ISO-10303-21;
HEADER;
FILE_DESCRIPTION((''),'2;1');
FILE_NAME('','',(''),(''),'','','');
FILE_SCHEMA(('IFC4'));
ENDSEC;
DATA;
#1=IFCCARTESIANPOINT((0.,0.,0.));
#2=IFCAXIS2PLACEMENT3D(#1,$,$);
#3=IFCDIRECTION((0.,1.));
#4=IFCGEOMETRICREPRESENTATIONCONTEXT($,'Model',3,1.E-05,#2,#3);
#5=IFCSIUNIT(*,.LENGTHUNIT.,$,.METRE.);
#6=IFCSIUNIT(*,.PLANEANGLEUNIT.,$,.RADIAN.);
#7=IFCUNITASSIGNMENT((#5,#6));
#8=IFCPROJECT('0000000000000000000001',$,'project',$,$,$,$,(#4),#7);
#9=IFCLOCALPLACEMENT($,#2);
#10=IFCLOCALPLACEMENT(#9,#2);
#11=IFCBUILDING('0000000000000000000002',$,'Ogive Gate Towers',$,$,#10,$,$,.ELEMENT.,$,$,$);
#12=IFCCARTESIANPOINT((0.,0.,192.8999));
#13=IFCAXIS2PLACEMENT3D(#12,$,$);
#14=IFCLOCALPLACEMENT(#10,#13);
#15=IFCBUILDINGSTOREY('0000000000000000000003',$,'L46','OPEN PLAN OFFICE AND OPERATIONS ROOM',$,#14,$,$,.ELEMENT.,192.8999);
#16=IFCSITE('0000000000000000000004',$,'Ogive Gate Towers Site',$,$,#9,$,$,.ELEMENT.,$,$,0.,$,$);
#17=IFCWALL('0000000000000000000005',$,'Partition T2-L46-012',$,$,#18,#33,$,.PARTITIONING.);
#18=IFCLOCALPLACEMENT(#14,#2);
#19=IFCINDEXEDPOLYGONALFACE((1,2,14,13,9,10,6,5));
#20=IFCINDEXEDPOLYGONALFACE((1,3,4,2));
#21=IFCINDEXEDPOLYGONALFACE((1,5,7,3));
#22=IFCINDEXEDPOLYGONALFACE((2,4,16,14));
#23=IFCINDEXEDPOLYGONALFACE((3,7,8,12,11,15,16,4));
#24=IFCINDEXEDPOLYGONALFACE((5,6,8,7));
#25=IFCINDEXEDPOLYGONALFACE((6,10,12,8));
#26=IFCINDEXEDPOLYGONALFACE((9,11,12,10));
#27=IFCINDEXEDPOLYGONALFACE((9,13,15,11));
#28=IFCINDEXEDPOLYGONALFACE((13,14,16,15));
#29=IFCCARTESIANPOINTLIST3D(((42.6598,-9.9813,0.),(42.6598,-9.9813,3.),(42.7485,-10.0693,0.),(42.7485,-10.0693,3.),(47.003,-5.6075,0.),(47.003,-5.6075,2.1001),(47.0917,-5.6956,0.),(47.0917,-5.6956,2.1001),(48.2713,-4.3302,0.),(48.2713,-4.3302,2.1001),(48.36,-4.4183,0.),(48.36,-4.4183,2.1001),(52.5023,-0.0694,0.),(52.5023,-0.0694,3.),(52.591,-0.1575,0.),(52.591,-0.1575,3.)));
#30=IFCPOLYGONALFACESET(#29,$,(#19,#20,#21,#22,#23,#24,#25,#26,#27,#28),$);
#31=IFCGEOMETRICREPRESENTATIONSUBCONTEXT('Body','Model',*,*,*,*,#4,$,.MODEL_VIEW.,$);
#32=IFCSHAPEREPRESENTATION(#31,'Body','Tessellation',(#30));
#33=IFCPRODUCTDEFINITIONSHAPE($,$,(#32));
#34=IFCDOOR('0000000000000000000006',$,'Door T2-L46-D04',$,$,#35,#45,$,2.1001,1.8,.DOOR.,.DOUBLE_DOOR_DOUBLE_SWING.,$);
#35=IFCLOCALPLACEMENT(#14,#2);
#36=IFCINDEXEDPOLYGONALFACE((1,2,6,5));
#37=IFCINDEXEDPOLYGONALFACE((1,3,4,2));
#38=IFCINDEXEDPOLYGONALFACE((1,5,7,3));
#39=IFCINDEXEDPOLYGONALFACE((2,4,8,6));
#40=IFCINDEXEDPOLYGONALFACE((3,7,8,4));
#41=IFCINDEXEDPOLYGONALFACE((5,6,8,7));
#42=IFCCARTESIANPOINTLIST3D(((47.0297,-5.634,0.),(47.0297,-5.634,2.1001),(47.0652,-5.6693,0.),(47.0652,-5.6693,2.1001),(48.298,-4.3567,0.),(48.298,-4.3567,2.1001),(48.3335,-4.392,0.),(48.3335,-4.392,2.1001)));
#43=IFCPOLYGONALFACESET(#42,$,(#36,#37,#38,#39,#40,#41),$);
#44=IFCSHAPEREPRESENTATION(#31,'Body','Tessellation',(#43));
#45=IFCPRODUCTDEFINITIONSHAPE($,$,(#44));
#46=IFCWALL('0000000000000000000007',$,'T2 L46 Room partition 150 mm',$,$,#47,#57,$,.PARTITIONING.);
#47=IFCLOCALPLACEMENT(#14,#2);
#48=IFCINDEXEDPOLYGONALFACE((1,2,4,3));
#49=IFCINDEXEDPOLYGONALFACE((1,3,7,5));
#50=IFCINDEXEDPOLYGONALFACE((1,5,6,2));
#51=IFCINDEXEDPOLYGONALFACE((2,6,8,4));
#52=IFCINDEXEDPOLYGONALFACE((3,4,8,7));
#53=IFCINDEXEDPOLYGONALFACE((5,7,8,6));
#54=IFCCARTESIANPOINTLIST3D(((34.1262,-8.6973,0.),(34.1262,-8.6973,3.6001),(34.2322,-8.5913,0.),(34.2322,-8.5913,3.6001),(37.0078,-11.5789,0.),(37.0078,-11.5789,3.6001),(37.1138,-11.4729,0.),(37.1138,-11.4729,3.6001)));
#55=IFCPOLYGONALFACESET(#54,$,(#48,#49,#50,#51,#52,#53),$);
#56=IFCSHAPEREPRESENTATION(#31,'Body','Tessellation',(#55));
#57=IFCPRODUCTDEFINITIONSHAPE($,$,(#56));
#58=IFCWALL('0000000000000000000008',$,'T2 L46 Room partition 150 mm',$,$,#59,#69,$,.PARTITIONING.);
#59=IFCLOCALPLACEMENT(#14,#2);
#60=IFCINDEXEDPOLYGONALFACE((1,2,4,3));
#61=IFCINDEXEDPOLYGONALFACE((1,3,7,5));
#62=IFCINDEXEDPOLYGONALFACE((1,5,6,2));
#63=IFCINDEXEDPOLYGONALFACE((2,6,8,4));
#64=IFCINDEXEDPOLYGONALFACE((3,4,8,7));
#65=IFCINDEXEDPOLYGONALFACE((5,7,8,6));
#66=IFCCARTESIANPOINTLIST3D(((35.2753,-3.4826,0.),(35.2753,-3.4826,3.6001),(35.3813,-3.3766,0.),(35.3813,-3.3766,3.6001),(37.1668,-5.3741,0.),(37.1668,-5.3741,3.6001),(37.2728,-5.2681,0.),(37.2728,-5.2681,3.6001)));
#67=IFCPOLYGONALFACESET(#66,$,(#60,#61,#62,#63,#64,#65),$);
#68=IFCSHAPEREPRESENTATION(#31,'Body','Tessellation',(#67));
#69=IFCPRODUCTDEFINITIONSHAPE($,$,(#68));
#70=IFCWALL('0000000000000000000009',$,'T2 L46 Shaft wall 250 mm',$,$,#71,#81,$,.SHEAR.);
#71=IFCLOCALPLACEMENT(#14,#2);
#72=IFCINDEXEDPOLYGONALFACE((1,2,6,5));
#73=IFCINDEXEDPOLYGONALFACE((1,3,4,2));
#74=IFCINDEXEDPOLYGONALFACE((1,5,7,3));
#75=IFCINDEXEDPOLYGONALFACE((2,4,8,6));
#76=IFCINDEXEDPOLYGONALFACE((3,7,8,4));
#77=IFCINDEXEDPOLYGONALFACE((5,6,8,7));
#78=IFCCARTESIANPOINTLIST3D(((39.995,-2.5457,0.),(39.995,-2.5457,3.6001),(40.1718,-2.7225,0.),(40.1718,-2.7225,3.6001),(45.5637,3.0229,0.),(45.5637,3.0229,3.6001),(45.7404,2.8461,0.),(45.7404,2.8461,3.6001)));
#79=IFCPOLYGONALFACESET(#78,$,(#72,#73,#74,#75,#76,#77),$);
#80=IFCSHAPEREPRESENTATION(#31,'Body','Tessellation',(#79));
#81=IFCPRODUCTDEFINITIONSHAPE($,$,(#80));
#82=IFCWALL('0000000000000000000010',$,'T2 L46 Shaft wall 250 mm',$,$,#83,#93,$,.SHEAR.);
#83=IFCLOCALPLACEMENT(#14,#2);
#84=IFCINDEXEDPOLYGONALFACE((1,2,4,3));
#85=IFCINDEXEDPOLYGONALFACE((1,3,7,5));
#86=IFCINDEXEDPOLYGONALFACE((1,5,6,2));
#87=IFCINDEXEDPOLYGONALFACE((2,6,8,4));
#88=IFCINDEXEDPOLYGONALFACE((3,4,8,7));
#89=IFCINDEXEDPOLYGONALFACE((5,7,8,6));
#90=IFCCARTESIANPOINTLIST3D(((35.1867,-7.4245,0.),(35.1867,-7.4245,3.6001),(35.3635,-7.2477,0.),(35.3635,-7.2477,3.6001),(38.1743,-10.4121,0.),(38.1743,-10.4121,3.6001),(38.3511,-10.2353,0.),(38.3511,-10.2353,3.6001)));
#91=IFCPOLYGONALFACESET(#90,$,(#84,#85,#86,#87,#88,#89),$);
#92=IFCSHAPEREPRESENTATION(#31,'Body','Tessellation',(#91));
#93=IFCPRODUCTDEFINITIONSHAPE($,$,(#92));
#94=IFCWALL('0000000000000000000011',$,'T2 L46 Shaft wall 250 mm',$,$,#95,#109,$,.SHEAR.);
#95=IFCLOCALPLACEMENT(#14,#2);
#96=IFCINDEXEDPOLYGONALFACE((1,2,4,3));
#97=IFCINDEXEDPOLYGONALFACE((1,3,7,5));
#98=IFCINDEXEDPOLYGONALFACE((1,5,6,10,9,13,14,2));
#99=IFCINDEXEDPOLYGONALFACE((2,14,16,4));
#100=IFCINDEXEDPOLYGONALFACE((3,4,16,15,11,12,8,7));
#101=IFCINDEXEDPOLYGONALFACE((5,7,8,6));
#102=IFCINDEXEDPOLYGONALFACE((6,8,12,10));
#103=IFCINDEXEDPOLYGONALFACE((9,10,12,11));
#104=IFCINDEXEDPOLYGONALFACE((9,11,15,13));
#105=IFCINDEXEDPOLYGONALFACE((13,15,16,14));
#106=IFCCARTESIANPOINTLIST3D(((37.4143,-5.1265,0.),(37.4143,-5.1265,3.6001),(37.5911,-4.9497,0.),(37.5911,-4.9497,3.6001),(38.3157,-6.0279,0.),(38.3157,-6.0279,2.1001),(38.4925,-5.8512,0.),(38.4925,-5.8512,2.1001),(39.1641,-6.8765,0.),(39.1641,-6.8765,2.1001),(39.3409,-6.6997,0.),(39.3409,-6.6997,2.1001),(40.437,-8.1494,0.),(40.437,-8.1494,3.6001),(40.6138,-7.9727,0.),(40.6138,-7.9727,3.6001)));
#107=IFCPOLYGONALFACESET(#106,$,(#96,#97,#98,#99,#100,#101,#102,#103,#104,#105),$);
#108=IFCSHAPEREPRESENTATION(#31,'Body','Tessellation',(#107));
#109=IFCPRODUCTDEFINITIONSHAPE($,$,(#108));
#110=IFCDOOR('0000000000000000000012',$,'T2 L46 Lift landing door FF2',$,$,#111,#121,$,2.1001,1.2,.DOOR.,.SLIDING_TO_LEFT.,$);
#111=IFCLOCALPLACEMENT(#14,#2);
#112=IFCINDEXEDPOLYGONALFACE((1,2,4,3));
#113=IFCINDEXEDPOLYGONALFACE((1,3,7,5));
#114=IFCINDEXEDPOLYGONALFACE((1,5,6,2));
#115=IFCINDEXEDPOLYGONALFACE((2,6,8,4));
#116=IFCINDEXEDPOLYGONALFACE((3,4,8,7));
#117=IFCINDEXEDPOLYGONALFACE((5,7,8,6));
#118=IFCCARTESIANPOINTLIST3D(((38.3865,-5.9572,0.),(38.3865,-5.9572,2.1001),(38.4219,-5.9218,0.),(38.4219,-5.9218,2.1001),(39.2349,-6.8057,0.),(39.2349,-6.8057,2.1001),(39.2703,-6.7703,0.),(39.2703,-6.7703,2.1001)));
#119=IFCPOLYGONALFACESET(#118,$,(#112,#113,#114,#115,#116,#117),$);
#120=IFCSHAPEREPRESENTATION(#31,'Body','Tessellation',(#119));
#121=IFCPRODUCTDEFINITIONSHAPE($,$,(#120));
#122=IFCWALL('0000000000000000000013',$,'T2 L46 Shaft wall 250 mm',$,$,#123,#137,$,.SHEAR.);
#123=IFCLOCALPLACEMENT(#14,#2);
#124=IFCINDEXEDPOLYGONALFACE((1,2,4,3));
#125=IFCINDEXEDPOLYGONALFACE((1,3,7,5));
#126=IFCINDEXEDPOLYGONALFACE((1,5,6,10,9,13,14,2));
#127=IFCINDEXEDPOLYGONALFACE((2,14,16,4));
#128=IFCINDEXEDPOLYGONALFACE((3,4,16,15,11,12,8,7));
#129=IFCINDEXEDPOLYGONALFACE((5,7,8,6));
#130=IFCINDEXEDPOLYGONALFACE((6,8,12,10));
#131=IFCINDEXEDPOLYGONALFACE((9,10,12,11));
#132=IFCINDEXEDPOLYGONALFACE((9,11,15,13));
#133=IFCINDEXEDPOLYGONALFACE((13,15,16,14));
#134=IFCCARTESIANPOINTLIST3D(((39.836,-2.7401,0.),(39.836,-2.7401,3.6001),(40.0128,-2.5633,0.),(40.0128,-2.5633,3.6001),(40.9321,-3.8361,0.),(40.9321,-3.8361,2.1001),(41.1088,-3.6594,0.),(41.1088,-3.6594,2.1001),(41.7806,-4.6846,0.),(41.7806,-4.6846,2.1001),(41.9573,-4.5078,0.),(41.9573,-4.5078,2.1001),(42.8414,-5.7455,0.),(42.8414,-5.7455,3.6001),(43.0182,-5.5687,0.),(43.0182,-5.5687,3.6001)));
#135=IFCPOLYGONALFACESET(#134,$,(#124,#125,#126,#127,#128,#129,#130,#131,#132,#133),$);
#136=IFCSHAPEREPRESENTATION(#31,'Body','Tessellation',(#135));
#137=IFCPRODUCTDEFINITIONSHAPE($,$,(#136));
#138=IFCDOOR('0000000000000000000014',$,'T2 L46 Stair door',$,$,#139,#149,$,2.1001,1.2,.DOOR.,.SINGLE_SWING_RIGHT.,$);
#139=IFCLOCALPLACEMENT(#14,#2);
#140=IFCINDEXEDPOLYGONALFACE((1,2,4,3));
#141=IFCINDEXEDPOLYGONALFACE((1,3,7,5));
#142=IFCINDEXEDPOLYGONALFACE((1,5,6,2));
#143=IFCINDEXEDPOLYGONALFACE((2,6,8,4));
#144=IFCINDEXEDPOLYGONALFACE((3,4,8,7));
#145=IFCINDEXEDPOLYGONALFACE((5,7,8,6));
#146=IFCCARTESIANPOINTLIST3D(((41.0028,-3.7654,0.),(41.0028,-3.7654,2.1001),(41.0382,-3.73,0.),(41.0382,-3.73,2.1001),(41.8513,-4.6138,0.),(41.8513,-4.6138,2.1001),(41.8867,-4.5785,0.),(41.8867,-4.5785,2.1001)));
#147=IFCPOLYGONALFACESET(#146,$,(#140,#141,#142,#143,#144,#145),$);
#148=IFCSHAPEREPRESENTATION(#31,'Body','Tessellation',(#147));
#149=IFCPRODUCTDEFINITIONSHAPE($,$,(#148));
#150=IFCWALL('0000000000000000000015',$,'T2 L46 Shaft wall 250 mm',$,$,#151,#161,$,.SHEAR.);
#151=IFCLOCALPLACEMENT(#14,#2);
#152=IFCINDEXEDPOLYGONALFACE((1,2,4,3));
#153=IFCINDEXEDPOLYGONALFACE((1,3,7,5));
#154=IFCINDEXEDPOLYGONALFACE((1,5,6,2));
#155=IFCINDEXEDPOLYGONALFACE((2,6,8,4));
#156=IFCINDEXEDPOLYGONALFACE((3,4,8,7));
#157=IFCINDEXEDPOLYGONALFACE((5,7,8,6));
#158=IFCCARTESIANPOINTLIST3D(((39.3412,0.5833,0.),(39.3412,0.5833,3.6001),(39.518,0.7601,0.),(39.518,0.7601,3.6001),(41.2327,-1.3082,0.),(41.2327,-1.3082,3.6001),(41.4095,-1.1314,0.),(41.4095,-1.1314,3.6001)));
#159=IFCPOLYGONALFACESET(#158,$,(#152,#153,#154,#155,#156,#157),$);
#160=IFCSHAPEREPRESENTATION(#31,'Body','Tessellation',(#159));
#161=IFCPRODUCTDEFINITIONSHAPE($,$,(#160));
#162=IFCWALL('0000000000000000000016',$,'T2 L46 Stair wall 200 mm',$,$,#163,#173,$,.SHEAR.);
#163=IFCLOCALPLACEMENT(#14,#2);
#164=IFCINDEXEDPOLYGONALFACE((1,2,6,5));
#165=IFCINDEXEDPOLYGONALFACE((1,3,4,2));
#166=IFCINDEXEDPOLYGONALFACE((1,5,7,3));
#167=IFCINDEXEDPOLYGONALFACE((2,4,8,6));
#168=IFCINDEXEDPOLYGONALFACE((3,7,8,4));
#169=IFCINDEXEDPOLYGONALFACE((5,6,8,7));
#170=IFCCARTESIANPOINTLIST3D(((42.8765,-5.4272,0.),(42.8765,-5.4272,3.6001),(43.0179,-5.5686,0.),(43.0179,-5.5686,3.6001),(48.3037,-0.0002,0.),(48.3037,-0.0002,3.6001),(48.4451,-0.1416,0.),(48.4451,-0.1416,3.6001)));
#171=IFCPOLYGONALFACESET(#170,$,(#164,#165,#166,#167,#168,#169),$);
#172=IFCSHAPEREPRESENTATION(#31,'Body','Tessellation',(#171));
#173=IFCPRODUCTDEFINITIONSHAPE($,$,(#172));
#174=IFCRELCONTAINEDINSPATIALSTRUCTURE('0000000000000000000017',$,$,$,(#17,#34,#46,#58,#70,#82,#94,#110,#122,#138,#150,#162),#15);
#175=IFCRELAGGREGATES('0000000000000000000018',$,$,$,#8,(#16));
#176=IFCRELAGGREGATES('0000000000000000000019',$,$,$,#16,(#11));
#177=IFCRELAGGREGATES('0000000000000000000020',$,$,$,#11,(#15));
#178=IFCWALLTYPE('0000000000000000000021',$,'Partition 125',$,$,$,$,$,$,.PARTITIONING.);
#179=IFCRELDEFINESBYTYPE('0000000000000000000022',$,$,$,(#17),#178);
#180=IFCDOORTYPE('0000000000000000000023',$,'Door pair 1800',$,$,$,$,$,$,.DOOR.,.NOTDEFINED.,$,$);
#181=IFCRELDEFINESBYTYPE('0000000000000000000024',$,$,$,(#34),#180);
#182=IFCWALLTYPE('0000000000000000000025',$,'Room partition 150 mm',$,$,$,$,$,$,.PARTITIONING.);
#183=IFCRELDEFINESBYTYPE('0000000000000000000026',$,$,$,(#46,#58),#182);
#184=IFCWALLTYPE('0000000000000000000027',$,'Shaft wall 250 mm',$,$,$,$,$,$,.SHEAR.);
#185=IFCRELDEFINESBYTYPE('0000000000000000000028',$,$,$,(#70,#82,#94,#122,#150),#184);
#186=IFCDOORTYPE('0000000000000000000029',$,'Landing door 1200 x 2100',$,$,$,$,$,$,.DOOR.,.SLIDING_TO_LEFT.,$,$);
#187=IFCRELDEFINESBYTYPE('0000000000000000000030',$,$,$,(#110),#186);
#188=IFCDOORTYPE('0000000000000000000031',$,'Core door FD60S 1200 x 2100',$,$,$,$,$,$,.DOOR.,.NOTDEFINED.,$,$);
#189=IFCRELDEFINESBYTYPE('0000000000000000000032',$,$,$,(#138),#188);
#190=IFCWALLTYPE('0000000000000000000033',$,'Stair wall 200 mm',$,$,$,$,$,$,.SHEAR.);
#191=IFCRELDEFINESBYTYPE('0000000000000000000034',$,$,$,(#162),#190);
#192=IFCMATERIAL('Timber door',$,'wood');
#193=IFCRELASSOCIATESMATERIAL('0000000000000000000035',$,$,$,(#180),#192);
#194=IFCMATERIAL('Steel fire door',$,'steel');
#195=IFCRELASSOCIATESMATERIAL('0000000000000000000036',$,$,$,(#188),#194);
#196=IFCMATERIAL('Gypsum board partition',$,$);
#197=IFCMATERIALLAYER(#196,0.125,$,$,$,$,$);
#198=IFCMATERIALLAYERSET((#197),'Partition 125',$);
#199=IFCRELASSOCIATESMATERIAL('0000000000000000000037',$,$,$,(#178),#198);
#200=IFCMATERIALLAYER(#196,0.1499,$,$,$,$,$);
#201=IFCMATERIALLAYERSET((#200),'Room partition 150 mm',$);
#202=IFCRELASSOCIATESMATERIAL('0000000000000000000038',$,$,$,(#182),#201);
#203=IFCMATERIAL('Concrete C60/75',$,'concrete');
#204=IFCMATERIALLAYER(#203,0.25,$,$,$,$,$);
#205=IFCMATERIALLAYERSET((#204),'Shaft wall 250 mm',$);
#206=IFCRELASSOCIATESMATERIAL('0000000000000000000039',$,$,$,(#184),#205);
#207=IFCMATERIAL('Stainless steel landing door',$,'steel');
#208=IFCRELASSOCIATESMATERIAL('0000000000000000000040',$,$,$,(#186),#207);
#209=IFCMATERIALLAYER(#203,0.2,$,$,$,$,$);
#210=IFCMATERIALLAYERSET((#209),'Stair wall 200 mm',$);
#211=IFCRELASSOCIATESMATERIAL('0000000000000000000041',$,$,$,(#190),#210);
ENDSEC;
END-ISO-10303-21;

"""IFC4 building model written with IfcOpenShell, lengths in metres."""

from ifc_helpers import new_model, si_unit, direction, frame, frame_2d, origin, place, context, subcontext, project, spatial, rectangle, extrude, material, layer, layer_set, type_object, element, fill, save


model = new_model("IFC4")

# Units and contexts
model_context = context("Model", 3, precision=1e-05, world=origin(), true_north=direction((0.0, 1.0)))
body_context = subcontext(model_context, "Body", "Model", "MODEL_VIEW")
ifc_project = project(units=[si_unit("LENGTHUNIT", "METRE"), si_unit("PLANEANGLEUNIT", "RADIAN")], contexts=[model_context])

# Site, building, storey
site_placement = place(None, origin())
site = spatial("IfcSite", under=ifc_project, at=site_placement, Name="Ogive Gate Towers Site", CompositionType="ELEMENT", RefElevation=0.0)
building_placement = place(site_placement, origin())
building = spatial("IfcBuilding", under=site, at=building_placement, Name="Ogive Gate Towers", CompositionType="ELEMENT")
storey_placement = place(building_placement, frame((0.0, 0.0, 192.8999)))
storey = spatial("IfcBuildingStorey", under=building, at=storey_placement, Name="L46", Description="OPEN PLAN OFFICE AND OPERATIONS ROOM", CompositionType="ELEMENT", Elevation=192.8999)

# Shared definitions
ifc_material_1 = material(Name="Timber door", Category="wood")
door_type_1 = type_object("IfcDoorType", Name="Door pair 1800", OperationType="NOTDEFINED", PredefinedType="DOOR", material=ifc_material_1)

# Shared definitions
ifc_material_2 = material(Name="Concrete C60/75", Category="concrete")
ifc_material_3 = material(Name="Steel fire door", Category="steel")
door_type_2 = type_object("IfcDoorType", Name="Core door FD60S 1200 x 2100", OperationType="NOTDEFINED", PredefinedType="DOOR", material=ifc_material_3)

# Wall, opening, door
ifc_material_4 = material(Name="Gypsum board partition")
ifc_layer_1 = layer(ifc_material_4, 0.125)
ifc_layer_set_1 = layer_set([ifc_layer_1], Name="Partition 125")
wall_type_1 = type_object("IfcWallType", Name="Partition 125", PredefinedType="PARTITIONING", material=ifc_layer_set_1)
wall_1_placement = place(storey_placement, frame((42.7041, -10.0254, 0.0), z_axis=(0.0, 0.0, 1.0), x_axis=(0.704621, 0.709584, 0.0)))
wall_1 = element("IfcWall", 1, at=wall_1_placement, inside=storey, type_object=wall_type_1, Name="Partition T2-L46-012", PredefinedType="PARTITIONING", context=body_context, shape_type="SweptSolid", body=[
    extrude(rectangle(XDim=13.9685, YDim=0.125, at=frame_2d((6.9844, 0.0))), origin(), (0.0, 0.0, 1.0), 3.0),
])
opening_1_placement = place(wall_1_placement, frame((6.1641, 0.0, 0.0)))
opening_1 = element("IfcOpeningElement", 2, at=opening_1_placement, cuts=wall_1, PredefinedType="OPENING", context=body_context, shape_type="SweptSolid", body=[
    extrude(rectangle(XDim=1.8, YDim=2.1001, at=frame_2d((0.8999, 1.05))), frame((0.0, 0.0725, 0.0), z_axis=(0.0, -1.0, 0.0), x_axis=(1.0, 0.0, 0.0)), (0.0, 0.0, 1.0), 0.145),
])
door_1_placement = place(opening_1_placement, origin())
door_1 = element("IfcDoor", 3, at=door_1_placement, inside=storey, type_object=door_type_1, Name="Door T2-L46-D04", OperationType="DOUBLE_DOOR_DOUBLE_SWING", OverallHeight=2.1001, OverallWidth=1.8, PredefinedType="DOOR", context=body_context, shape_type="SweptSolid", body=[
    extrude(rectangle(XDim=1.8, YDim=2.1001, at=frame_2d((0.8999, 1.05))), frame((0.0, 0.0249, 0.0), z_axis=(0.0, -1.0, 0.0), x_axis=(1.0, 0.0, 0.0)), (0.0, 0.0, 1.0), 0.05),
])
fill(opening_1, door_1)

# Walls
ifc_layer_2 = layer(ifc_material_4, 0.1499)
ifc_layer_set_2 = layer_set([ifc_layer_2], Name="Room partition 150 mm")
wall_type_2 = type_object("IfcWallType", Name="Room partition 150 mm", PredefinedType="PARTITIONING", material=ifc_layer_set_2)
wall_2_placement = place(storey_placement, frame((37.0608, -11.5259, 0.0), z_axis=(0.0, 0.0, 1.0), x_axis=(-0.707107, 0.707107, 0.0)))
element("IfcWall", 4, at=wall_2_placement, inside=storey, type_object=wall_type_2, Name="T2 L46 Room partition 150 mm", PredefinedType="PARTITIONING", context=body_context, shape_type="SweptSolid", body=[
    extrude(rectangle(XDim=4.0752, YDim=0.1499, at=frame_2d((2.0376, 0.0))), origin(), (0.0, 0.0, 1.0), 3.6001),
])
wall_3_placement = place(storey_placement, frame((37.2197, -5.321, 0.0), z_axis=(0.0, 0.0, 1.0), x_axis=(-0.707107, 0.707107, 0.0)))
element("IfcWall", 5, at=wall_3_placement, inside=storey, type_object=wall_type_2, Name="T2 L46 Room partition 150 mm", PredefinedType="PARTITIONING", context=body_context, shape_type="SweptSolid", body=[
    extrude(rectangle(XDim=2.675, YDim=0.1499, at=frame_2d((1.3374, 0.0))), origin(), (0.0, 0.0, 1.0), 3.6001),
])
ifc_layer_3 = layer(ifc_material_2, 0.25)
ifc_layer_set_3 = layer_set([ifc_layer_3], Name="Shaft wall 250 mm")
wall_type_3 = type_object("IfcWallType", Name="Shaft wall 250 mm", PredefinedType="SHEAR", material=ifc_layer_set_3)
wall_4_placement = place(storey_placement, frame((40.0835, -2.634, 0.0), z_axis=(0.0, 0.0, 1.0), x_axis=(0.707107, 0.707107, 0.0)))
element("IfcWall", 6, at=wall_4_placement, inside=storey, type_object=wall_type_3, Name="T2 L46 Shaft wall 250 mm", PredefinedType="SHEAR", context=body_context, shape_type="SweptSolid", body=[
    extrude(rectangle(XDim=7.8752, YDim=0.25, at=frame_2d((3.9375, 0.0))), origin(), (0.0, 0.0, 1.0), 3.6001),
])
wall_5_placement = place(storey_placement, frame((38.2627, -10.3237, 0.0), z_axis=(0.0, 0.0, 1.0), x_axis=(-0.707107, 0.707107, 0.0)))
element("IfcWall", 7, at=wall_5_placement, inside=storey, type_object=wall_type_3, Name="T2 L46 Shaft wall 250 mm", PredefinedType="SHEAR", context=body_context, shape_type="SweptSolid", body=[
    extrude(rectangle(XDim=4.2251, YDim=0.25, at=frame_2d((2.1125, 0.0))), origin(), (0.0, 0.0, 1.0), 3.6001),
])

# Walls, openings, doors
wall_6_placement = place(storey_placement, frame((40.5254, -8.061, 0.0), z_axis=(0.0, 0.0, 1.0), x_axis=(-0.707078, 0.707135, 0.0)))
wall_6 = element("IfcWall", 8, at=wall_6_placement, inside=storey, type_object=wall_type_3, Name="T2 L46 Shaft wall 250 mm", PredefinedType="SHEAR", context=body_context, shape_type="SweptSolid", body=[
    extrude(rectangle(XDim=4.2749, YDim=0.25, at=frame_2d((2.1375, 0.0))), origin(), (0.0, 0.0, 1.0), 3.6001),
])
opening_2_placement = place(wall_6_placement, frame((1.8, 0.0, 0.0)))
opening_2 = element("IfcOpeningElement", 9, at=opening_2_placement, cuts=wall_6, PredefinedType="OPENING", context=body_context, shape_type="SweptSolid", body=[
    extrude(rectangle(XDim=1.2, YDim=2.1001, at=frame_2d((0.6001, 1.05))), frame((0.0, 0.135, 0.0), z_axis=(0.0, -1.0, 0.0), x_axis=(1.0, 0.0, 0.0)), (0.0, 0.0, 1.0), 0.27),
])
ifc_material_5 = material(Name="Stainless steel landing door", Category="steel")
door_type_3 = type_object("IfcDoorType", Name="Landing door 1200 x 2100", OperationType="SLIDING_TO_LEFT", PredefinedType="DOOR", material=ifc_material_5)
door_2_placement = place(opening_2_placement, origin())
door_2 = element("IfcDoor", 10, at=door_2_placement, inside=storey, type_object=door_type_3, Name="T2 L46 Lift landing door FF2", OperationType="SLIDING_TO_LEFT", OverallHeight=2.1001, OverallWidth=1.2, PredefinedType="DOOR", context=body_context, shape_type="SweptSolid", body=[
    extrude(rectangle(XDim=1.2, YDim=2.1001, at=frame_2d((0.6001, 1.05))), frame((0.0, 0.0249, 0.0), z_axis=(0.0, -1.0, 0.0), x_axis=(1.0, 0.0, 0.0)), (0.0, 0.0, 1.0), 0.05),
])
fill(opening_2, door_2)
wall_7_placement = place(storey_placement, frame((42.9297, -5.657, 0.0), z_axis=(0.0, 0.0, 1.0), x_axis=(-0.707107, 0.707107, 0.0)))
wall_7 = element("IfcWall", 11, at=wall_7_placement, inside=storey, type_object=wall_type_3, Name="T2 L46 Shaft wall 250 mm", PredefinedType="SHEAR", context=body_context, shape_type="SweptSolid", body=[
    extrude(rectangle(XDim=4.2502, YDim=0.25, at=frame_2d((2.125, 0.0))), origin(), (0.0, 0.0, 1.0), 3.6001),
])
opening_3_placement = place(wall_7_placement, frame((1.5, 0.0, 0.0)))
opening_3 = element("IfcOpeningElement", 12, at=opening_3_placement, cuts=wall_7, PredefinedType="OPENING", context=body_context, shape_type="SweptSolid", body=[
    extrude(rectangle(XDim=1.2, YDim=2.1001, at=frame_2d((0.6001, 1.05))), frame((0.0, 0.135, 0.0), z_axis=(0.0, -1.0, 0.0), x_axis=(1.0, 0.0, 0.0)), (0.0, 0.0, 1.0), 0.27),
])
door_3_placement = place(opening_3_placement, origin())
door_3 = element("IfcDoor", 13, at=door_3_placement, inside=storey, type_object=door_type_2, Name="T2 L46 Stair door", OperationType="SINGLE_SWING_RIGHT", OverallHeight=2.1001, OverallWidth=1.2, PredefinedType="DOOR", context=body_context, shape_type="SweptSolid", body=[
    extrude(rectangle(XDim=1.2, YDim=2.1001, at=frame_2d((0.6001, 1.05))), frame((0.0, 0.0249, 0.0), z_axis=(0.0, -1.0, 0.0), x_axis=(1.0, 0.0, 0.0)), (0.0, 0.0, 1.0), 0.05),
])
fill(opening_3, door_3)

# Walls
wall_8_placement = place(storey_placement, frame((41.321, -1.2197, 0.0), z_axis=(0.0, 0.0, 1.0), x_axis=(-0.707107, 0.707107, 0.0)))
element("IfcWall", 14, at=wall_8_placement, inside=storey, type_object=wall_type_3, Name="T2 L46 Shaft wall 250 mm", PredefinedType="SHEAR", context=body_context, shape_type="SweptSolid", body=[
    extrude(rectangle(XDim=2.675, YDim=0.25, at=frame_2d((1.3374, 0.0))), origin(), (0.0, 0.0, 1.0), 3.6001),
])
ifc_layer_4 = layer(ifc_material_2, 0.2)
ifc_layer_set_4 = layer_set([ifc_layer_4], Name="Stair wall 200 mm")
wall_type_4 = type_object("IfcWallType", Name="Stair wall 200 mm", PredefinedType="SHEAR", material=ifc_layer_set_4)
wall_9_placement = place(storey_placement, frame((42.9473, -5.4978, 0.0), z_axis=(0.0, 0.0, 1.0), x_axis=(0.707123, 0.707091, 0.0)))
element("IfcWall", 15, at=wall_9_placement, inside=storey, type_object=wall_type_4, Name="T2 L46 Stair wall 200 mm", PredefinedType="SHEAR", context=body_context, shape_type="SweptSolid", body=[
    extrude(rectangle(XDim=7.675, YDim=0.2, at=frame_2d((3.8374, 0.0))), origin(), (0.0, 0.0, 1.0), 3.6001),
])

save(model, "model.ifc")
